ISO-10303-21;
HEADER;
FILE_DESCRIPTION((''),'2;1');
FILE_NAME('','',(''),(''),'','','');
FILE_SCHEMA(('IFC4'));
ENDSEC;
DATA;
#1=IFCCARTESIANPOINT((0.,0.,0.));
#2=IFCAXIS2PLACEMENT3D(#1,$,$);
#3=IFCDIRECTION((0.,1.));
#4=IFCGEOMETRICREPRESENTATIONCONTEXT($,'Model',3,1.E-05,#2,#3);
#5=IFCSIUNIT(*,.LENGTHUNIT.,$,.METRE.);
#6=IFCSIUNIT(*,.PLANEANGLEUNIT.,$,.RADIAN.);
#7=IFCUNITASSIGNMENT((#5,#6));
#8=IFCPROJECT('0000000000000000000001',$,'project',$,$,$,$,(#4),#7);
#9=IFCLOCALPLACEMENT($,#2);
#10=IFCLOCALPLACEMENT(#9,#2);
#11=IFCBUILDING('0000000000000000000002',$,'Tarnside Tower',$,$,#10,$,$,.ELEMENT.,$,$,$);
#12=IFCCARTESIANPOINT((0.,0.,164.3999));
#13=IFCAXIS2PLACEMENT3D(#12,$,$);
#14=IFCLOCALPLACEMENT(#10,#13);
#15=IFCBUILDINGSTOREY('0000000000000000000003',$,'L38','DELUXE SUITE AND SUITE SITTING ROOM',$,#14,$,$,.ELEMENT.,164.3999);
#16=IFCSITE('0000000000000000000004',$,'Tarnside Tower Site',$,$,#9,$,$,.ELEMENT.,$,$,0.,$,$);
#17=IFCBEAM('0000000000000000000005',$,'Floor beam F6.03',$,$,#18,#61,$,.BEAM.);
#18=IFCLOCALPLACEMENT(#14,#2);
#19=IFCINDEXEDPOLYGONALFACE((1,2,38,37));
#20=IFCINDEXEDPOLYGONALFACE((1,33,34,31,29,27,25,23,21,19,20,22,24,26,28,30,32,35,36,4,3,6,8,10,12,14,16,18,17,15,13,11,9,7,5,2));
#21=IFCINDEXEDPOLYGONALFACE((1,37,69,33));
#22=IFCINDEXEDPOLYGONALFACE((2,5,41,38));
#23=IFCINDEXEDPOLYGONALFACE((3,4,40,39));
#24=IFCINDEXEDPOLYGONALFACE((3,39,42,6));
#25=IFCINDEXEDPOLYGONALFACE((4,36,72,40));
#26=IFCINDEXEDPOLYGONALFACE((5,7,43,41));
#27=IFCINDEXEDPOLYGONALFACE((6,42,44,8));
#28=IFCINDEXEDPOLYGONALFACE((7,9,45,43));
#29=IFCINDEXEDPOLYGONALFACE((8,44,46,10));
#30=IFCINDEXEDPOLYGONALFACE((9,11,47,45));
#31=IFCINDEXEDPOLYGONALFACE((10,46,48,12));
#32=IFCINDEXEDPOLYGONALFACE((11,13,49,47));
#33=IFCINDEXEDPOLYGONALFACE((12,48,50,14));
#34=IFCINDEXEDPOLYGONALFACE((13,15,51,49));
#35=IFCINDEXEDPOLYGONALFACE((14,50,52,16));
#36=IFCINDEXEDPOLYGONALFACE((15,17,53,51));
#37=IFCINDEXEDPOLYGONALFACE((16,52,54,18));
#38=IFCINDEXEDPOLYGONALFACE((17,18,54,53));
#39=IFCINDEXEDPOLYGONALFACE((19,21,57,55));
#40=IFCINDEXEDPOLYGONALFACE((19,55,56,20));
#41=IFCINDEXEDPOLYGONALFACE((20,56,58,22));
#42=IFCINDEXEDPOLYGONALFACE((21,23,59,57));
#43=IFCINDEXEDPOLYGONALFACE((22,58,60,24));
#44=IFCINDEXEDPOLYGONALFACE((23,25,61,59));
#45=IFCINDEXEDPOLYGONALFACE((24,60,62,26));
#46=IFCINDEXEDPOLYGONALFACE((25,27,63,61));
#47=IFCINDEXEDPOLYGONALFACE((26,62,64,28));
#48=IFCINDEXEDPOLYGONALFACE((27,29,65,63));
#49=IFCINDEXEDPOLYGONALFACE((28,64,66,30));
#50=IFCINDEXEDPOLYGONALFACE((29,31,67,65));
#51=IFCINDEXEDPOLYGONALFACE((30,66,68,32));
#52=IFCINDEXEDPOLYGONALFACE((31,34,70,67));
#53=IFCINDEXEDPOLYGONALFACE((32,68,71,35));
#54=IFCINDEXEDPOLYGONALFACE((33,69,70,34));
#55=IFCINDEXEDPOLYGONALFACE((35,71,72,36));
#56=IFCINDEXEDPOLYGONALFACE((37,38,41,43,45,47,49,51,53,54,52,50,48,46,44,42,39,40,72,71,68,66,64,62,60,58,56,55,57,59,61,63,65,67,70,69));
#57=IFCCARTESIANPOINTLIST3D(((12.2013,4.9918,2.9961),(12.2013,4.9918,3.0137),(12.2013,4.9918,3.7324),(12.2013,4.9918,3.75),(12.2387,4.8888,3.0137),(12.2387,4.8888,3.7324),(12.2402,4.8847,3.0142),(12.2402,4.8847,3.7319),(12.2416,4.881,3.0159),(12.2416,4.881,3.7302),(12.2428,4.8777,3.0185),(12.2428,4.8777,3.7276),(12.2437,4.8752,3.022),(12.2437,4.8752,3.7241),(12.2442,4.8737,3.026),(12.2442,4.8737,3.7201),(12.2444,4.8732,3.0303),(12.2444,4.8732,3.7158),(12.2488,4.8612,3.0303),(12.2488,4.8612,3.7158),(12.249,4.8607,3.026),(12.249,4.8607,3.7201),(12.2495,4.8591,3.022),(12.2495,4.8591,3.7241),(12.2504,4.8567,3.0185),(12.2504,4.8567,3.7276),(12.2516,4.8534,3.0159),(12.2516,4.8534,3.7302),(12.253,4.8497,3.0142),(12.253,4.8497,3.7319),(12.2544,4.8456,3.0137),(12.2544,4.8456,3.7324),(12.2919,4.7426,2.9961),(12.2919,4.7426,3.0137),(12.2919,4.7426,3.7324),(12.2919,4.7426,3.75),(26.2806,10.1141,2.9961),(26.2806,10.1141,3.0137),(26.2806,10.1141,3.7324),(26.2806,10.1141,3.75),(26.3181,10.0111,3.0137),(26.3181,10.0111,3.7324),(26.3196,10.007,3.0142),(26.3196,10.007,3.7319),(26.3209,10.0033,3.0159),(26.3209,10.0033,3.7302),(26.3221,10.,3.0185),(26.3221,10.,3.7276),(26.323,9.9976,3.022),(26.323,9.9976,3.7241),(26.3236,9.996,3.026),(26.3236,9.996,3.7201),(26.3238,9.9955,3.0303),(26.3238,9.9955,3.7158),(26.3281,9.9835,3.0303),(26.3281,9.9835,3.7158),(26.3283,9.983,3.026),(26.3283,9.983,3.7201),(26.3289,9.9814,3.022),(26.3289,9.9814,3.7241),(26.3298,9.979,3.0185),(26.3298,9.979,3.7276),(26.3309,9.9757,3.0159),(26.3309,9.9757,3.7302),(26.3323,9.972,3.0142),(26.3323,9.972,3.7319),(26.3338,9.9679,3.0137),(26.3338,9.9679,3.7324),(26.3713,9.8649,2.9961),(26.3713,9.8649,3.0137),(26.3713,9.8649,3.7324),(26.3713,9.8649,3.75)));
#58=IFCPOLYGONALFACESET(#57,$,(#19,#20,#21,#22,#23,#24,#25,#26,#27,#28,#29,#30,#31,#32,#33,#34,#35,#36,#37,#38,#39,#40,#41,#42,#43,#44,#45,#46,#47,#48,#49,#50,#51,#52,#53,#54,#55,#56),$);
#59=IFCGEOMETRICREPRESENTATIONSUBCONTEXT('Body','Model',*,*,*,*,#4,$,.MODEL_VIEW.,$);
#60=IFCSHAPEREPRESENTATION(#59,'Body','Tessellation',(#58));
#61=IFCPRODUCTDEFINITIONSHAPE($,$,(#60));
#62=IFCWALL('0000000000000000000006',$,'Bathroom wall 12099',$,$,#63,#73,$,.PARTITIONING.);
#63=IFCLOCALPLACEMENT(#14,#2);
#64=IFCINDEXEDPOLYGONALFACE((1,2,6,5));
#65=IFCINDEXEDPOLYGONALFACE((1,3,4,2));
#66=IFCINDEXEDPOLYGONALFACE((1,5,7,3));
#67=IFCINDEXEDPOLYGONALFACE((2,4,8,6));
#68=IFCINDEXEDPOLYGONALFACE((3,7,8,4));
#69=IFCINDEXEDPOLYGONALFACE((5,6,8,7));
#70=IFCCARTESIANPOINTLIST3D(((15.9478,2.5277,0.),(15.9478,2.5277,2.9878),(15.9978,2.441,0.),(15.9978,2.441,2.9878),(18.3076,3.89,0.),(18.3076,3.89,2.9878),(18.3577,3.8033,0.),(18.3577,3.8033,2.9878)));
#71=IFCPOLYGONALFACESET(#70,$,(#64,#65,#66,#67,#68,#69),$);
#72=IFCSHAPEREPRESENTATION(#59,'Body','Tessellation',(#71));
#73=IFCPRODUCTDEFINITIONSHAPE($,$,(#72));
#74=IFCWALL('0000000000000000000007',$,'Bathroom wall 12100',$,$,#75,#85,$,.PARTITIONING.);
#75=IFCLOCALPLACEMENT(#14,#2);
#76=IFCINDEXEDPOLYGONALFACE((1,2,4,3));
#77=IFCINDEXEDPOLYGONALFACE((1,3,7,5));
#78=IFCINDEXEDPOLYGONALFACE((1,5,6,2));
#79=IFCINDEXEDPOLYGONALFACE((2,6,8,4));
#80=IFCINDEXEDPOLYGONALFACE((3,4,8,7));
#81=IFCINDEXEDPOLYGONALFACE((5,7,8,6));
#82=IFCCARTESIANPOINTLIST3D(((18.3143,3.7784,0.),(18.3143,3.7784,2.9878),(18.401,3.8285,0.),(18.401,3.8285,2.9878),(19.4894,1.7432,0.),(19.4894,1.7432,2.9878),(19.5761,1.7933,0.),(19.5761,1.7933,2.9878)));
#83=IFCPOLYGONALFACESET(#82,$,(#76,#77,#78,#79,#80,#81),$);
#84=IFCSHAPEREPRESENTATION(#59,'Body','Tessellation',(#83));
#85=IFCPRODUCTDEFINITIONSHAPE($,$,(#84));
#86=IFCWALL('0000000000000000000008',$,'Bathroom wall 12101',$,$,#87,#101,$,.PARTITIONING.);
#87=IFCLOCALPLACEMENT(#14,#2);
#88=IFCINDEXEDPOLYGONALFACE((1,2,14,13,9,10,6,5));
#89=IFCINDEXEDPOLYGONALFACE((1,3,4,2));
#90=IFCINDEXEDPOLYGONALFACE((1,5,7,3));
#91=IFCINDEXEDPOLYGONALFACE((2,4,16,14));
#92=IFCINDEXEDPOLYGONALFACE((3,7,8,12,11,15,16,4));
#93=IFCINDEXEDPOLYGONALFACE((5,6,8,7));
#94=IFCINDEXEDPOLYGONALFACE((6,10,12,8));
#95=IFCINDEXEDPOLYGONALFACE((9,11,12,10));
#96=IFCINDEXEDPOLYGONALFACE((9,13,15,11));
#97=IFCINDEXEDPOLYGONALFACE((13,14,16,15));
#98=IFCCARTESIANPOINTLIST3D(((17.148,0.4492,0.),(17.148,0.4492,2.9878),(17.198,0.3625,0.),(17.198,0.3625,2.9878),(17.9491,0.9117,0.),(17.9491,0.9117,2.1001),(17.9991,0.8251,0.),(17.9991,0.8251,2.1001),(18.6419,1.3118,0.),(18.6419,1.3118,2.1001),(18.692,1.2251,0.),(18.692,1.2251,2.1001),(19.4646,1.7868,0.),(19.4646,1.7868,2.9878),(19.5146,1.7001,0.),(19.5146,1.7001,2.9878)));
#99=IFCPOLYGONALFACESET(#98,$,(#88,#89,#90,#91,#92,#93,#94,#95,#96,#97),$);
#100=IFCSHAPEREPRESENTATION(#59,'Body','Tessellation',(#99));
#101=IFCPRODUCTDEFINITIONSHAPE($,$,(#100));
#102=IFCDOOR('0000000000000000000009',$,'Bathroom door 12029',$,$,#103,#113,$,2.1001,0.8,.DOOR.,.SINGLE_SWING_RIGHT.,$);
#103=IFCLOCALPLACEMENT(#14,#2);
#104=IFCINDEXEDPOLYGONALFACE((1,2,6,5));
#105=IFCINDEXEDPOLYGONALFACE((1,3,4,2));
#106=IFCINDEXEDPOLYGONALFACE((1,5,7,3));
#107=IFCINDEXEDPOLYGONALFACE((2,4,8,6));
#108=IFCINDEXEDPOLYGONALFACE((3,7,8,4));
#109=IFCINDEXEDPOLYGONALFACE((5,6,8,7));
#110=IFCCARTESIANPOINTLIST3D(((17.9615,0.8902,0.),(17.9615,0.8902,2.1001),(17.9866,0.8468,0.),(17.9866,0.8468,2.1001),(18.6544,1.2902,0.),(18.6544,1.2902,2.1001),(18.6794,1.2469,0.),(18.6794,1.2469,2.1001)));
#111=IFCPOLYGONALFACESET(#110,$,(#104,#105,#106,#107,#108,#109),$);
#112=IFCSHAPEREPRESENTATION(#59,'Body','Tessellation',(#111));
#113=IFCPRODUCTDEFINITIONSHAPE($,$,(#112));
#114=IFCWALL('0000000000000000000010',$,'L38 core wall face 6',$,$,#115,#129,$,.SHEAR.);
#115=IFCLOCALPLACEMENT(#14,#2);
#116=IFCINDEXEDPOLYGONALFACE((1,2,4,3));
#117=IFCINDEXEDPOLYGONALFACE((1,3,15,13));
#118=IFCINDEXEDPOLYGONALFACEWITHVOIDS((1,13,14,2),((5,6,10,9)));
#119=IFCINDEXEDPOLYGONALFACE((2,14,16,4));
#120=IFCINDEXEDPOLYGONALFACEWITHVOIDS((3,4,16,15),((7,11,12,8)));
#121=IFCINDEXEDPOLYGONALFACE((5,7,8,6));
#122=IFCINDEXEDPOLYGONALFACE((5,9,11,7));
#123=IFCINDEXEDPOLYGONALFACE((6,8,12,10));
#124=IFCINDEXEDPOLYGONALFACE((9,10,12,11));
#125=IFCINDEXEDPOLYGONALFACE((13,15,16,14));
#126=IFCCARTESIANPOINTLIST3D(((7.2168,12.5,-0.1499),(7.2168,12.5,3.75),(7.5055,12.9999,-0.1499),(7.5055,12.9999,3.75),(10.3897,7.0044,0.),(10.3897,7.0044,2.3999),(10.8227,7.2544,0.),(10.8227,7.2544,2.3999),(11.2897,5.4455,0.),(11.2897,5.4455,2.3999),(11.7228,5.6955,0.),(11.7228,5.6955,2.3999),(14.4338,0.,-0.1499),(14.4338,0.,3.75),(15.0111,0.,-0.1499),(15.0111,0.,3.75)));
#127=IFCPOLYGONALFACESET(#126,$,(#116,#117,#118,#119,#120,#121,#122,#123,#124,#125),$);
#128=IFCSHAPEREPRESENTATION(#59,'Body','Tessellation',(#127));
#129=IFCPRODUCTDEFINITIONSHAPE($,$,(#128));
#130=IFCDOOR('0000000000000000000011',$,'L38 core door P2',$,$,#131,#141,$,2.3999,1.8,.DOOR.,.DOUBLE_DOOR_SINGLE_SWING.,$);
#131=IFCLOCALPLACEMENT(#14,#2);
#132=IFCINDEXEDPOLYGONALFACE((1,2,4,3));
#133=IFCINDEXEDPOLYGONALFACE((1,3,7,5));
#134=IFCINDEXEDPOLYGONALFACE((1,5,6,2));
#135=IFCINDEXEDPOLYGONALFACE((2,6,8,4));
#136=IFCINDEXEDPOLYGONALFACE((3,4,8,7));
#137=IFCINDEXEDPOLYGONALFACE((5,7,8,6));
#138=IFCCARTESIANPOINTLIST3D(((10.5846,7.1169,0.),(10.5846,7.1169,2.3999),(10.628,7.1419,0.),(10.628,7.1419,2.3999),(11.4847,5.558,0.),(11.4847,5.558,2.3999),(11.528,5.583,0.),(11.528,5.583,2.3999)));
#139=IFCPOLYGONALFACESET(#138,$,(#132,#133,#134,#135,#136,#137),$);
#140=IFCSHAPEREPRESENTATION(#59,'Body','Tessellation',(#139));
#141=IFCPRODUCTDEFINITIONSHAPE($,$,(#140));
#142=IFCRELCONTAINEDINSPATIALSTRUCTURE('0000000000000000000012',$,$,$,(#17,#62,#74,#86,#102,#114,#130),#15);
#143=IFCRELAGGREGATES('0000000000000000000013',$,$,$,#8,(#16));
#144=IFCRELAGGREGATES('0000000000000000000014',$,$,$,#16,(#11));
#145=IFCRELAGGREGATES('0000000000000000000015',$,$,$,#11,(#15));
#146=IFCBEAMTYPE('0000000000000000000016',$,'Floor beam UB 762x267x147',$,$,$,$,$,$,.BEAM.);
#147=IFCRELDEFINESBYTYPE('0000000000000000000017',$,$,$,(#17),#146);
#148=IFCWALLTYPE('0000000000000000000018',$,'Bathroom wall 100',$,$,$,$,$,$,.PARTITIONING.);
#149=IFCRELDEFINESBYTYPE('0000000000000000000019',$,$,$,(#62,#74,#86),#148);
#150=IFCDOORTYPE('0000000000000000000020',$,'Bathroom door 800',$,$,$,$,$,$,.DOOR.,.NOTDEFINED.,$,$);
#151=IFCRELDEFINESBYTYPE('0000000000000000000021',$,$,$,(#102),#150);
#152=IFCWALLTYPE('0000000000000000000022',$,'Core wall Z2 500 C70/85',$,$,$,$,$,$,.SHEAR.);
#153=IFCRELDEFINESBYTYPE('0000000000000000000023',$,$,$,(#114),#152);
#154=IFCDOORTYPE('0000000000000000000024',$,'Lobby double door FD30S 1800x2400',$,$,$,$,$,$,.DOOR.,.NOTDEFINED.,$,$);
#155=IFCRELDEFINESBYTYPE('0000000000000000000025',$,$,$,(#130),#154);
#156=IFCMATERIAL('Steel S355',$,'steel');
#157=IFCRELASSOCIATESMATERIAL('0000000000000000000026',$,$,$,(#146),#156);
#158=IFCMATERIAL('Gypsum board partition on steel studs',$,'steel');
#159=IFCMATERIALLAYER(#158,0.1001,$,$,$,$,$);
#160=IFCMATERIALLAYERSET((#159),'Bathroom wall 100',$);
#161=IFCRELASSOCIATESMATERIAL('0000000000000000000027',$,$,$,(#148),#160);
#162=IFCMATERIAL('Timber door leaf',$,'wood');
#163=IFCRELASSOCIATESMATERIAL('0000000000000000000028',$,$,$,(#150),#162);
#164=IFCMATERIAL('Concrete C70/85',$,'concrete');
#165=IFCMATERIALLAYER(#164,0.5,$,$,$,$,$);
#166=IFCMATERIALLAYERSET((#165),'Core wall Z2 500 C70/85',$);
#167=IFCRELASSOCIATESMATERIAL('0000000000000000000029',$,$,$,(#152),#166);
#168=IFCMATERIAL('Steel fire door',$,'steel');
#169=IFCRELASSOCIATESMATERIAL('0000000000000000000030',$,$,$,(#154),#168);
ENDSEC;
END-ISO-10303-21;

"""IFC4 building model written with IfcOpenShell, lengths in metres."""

from ifc_helpers import new_model, si_unit, direction, frame, frame_2d, origin, origin_2d, place, context, subcontext, project, spatial, polyline, rectangle, i_section, outline, extrude, material, layer, layer_set, material_profile, profile_set, type_object, element, fill, save


model = new_model("IFC4")

# Units and contexts
model_context = context("Model", 3, precision=1e-05, world=origin(), true_north=direction((0.0, 1.0)))
body_context = subcontext(model_context, "Body", "Model", "MODEL_VIEW")
ifc_project = project(units=[si_unit("LENGTHUNIT", "METRE"), si_unit("PLANEANGLEUNIT", "RADIAN")], contexts=[model_context])

# Site, building, storey
site_placement = place(None, origin())
site = spatial("IfcSite", under=ifc_project, at=site_placement, Name="Tarnside Tower Site", CompositionType="ELEMENT", RefElevation=0.0)
building_placement = place(site_placement, origin())
building = spatial("IfcBuilding", under=site, at=building_placement, Name="Tarnside Tower", CompositionType="ELEMENT")
storey_placement = place(building_placement, frame((0.0, 0.0, 164.3999)))
storey = spatial("IfcBuildingStorey", under=building, at=storey_placement, Name="L38", Description="DELUXE SUITE AND SUITE SITTING ROOM", CompositionType="ELEMENT", Elevation=164.3999)

# Beam
ifc_material_1 = material(Name="Steel S355", Category="steel")
ifc_material_profile = material_profile(ifc_material_1, i_section(OverallWidth=0.2651, OverallDepth=0.7539, WebThickness=0.0127, FlangeThickness=0.0176, FilletRadius=0.0166, at=origin_2d()), Name="UB 762x267x147")
ifc_profile_set = profile_set([ifc_material_profile], Name="Steel S355")
beam_type = type_object("IfcBeamType", Name="Floor beam UB 762x267x147", PredefinedType="BEAM", material=ifc_profile_set)
beam_placement = place(storey_placement, frame((26.3259, 9.9895, 3.373), z_axis=(-0.939739, -0.341894, 0.0), x_axis=(0.341894, -0.939739, 0.0)))
element("IfcBeam", 1, at=beam_placement, inside=storey, type_object=beam_type, Name="Floor beam F6.03", PredefinedType="BEAM", context=body_context, shape_type="SweptSolid", body=[
    extrude(i_section(OverallWidth=0.2651, OverallDepth=0.7539, WebThickness=0.0127, FlangeThickness=0.0176, FilletRadius=0.0166, at=origin_2d()), origin(), (0.0, 0.0, 1.0), 14.9822),
])

# Walls
ifc_material_2 = material(Name="Gypsum board partition on steel studs", Category="steel")
ifc_layer_1 = layer(ifc_material_2, 0.1001)
ifc_layer_set_1 = layer_set([ifc_layer_1], Name="Bathroom wall 100")
wall_type_1 = type_object("IfcWallType", Name="Bathroom wall 100", PredefinedType="PARTITIONING", material=ifc_layer_set_1)
wall_1_placement = place(storey_placement, frame((15.9729, 2.4844, 0.0), z_axis=(0.0, 0.0, 1.0), x_axis=(0.866051, 0.499955, 0.0)))
element("IfcWall", 2, at=wall_1_placement, inside=storey, type_object=wall_type_1, Name="Bathroom wall 12099", PredefinedType="PARTITIONING", context=body_context, shape_type="SweptSolid", body=[
    extrude(rectangle(XDim=2.7249, YDim=0.1001, at=frame_2d((1.3623, 0.0))), origin(), (0.0, 0.0, 1.0), 2.9878),
])
wall_2_placement = place(storey_placement, frame((18.3577, 3.8035, 0.0), z_axis=(0.0, 0.0, 1.0), x_axis=(0.500016, -0.866016, 0.0)))
element("IfcWall", 3, at=wall_2_placement, inside=storey, type_object=wall_type_1, Name="Bathroom wall 12100", PredefinedType="PARTITIONING", context=body_context, shape_type="SweptSolid", body=[
    extrude(rectangle(XDim=2.3501, YDim=0.1001, at=frame_2d((1.175, 0.0))), origin(), (0.0, 0.0, 1.0), 2.9878),
])

# Walls, openings, doors
wall_3_placement = place(storey_placement, frame((19.4895, 1.7434, 0.0), z_axis=(0.0, 0.0, 1.0), x_axis=(-0.866005, -0.500036, 0.0)))
wall_3 = element("IfcWall", 4, at=wall_3_placement, inside=storey, type_object=wall_type_1, Name="Bathroom wall 12101", PredefinedType="PARTITIONING", context=body_context, shape_type="SweptSolid", body=[
    extrude(rectangle(XDim=2.675, YDim=0.1001, at=frame_2d((1.3374, 0.0))), origin(), (0.0, 0.0, 1.0), 2.9878),
])
opening_1_placement = place(wall_3_placement, frame((0.95, 0.0, 0.0)))
opening_1 = element("IfcOpeningElement", 5, at=opening_1_placement, cuts=wall_3, PredefinedType="OPENING", context=body_context, shape_type="SweptSolid", body=[
    extrude(rectangle(XDim=0.8, YDim=2.1001, at=frame_2d((0.3999, 1.05))), frame((0.0, 0.0601, 0.0), z_axis=(0.0, -1.0, 0.0), x_axis=(1.0, 0.0, 0.0)), (0.0, 0.0, 1.0), 0.1201),
])
ifc_material_3 = material(Name="Timber door leaf", Category="wood")
door_type_1 = type_object("IfcDoorType", Name="Bathroom door 800", OperationType="NOTDEFINED", PredefinedType="DOOR", material=ifc_material_3)
door_1_placement = place(opening_1_placement, origin())
door_1 = element("IfcDoor", 6, at=door_1_placement, inside=storey, type_object=door_type_1, Name="Bathroom door 12029", OperationType="SINGLE_SWING_RIGHT", OverallHeight=2.1001, OverallWidth=0.8, PredefinedType="DOOR", context=body_context, shape_type="SweptSolid", body=[
    extrude(rectangle(XDim=0.8, YDim=2.1001, at=frame_2d((0.3999, 1.05))), frame((0.0, 0.0249, 0.0), z_axis=(0.0, -1.0, 0.0), x_axis=(1.0, 0.0, 0.0)), (0.0, 0.0, 1.0), 0.05),
])
fill(opening_1, door_1)
ifc_material_4 = material(Name="Concrete C70/85", Category="concrete")
ifc_layer_2 = layer(ifc_material_4, 0.5)
ifc_layer_set_2 = layer_set([ifc_layer_2], Name="Core wall Z2 500 C70/85")
wall_type_2 = type_object("IfcWallType", Name="Core wall Z2 500 C70/85", PredefinedType="SHEAR", material=ifc_layer_set_2)
wall_4_placement = place(storey_placement, frame((14.7224, 0.0, -0.1499), z_axis=(0.0, 0.0, 1.0), x_axis=(-0.500006, 0.866022, 0.0)))
wall_4 = element("IfcWall", 7, at=wall_4_placement, inside=storey, type_object=wall_type_2, Name="L38 core wall face 6", PredefinedType="SHEAR", context=body_context, shape_type="SweptSolid", body=[
    extrude(outline(polyline([(-0.1443, -0.25), (14.8667, -0.25), (14.5781, 0.25), (0.1443, 0.25), (-0.1443, -0.25)])), origin(), (0.0, 0.0, 1.0), 3.8999),
])
opening_2_placement = place(wall_4_placement, frame((6.4324, 0.0, 0.1499)))
opening_2 = element("IfcOpeningElement", 8, at=opening_2_placement, cuts=wall_4, PredefinedType="OPENING", context=body_context, shape_type="SweptSolid", body=[
    extrude(rectangle(XDim=1.8, YDim=2.3999, at=frame_2d((0.8999, 1.2))), frame((0.0, 0.26, 0.0), z_axis=(0.0, -1.0, 0.0), x_axis=(1.0, 0.0, 0.0)), (0.0, 0.0, 1.0), 0.52),
])
ifc_material_5 = material(Name="Steel fire door", Category="steel")
door_type_2 = type_object("IfcDoorType", Name="Lobby double door FD30S 1800x2400", OperationType="NOTDEFINED", PredefinedType="DOOR", material=ifc_material_5)
door_2_placement = place(opening_2_placement, origin())
door_2 = element("IfcDoor", 9, at=door_2_placement, inside=storey, type_object=door_type_2, Name="L38 core door P2", OperationType="DOUBLE_DOOR_SINGLE_SWING", OverallHeight=2.3999, OverallWidth=1.8, PredefinedType="DOOR", context=body_context, shape_type="SweptSolid", body=[
    extrude(rectangle(XDim=1.8, YDim=2.3999, at=frame_2d((0.8999, 1.2))), frame((0.0, 0.0249, 0.0), z_axis=(0.0, -1.0, 0.0), x_axis=(1.0, 0.0, 0.0)), (0.0, 0.0, 1.0), 0.05),
])
fill(opening_2, door_2)

save(model, "model.ifc")
